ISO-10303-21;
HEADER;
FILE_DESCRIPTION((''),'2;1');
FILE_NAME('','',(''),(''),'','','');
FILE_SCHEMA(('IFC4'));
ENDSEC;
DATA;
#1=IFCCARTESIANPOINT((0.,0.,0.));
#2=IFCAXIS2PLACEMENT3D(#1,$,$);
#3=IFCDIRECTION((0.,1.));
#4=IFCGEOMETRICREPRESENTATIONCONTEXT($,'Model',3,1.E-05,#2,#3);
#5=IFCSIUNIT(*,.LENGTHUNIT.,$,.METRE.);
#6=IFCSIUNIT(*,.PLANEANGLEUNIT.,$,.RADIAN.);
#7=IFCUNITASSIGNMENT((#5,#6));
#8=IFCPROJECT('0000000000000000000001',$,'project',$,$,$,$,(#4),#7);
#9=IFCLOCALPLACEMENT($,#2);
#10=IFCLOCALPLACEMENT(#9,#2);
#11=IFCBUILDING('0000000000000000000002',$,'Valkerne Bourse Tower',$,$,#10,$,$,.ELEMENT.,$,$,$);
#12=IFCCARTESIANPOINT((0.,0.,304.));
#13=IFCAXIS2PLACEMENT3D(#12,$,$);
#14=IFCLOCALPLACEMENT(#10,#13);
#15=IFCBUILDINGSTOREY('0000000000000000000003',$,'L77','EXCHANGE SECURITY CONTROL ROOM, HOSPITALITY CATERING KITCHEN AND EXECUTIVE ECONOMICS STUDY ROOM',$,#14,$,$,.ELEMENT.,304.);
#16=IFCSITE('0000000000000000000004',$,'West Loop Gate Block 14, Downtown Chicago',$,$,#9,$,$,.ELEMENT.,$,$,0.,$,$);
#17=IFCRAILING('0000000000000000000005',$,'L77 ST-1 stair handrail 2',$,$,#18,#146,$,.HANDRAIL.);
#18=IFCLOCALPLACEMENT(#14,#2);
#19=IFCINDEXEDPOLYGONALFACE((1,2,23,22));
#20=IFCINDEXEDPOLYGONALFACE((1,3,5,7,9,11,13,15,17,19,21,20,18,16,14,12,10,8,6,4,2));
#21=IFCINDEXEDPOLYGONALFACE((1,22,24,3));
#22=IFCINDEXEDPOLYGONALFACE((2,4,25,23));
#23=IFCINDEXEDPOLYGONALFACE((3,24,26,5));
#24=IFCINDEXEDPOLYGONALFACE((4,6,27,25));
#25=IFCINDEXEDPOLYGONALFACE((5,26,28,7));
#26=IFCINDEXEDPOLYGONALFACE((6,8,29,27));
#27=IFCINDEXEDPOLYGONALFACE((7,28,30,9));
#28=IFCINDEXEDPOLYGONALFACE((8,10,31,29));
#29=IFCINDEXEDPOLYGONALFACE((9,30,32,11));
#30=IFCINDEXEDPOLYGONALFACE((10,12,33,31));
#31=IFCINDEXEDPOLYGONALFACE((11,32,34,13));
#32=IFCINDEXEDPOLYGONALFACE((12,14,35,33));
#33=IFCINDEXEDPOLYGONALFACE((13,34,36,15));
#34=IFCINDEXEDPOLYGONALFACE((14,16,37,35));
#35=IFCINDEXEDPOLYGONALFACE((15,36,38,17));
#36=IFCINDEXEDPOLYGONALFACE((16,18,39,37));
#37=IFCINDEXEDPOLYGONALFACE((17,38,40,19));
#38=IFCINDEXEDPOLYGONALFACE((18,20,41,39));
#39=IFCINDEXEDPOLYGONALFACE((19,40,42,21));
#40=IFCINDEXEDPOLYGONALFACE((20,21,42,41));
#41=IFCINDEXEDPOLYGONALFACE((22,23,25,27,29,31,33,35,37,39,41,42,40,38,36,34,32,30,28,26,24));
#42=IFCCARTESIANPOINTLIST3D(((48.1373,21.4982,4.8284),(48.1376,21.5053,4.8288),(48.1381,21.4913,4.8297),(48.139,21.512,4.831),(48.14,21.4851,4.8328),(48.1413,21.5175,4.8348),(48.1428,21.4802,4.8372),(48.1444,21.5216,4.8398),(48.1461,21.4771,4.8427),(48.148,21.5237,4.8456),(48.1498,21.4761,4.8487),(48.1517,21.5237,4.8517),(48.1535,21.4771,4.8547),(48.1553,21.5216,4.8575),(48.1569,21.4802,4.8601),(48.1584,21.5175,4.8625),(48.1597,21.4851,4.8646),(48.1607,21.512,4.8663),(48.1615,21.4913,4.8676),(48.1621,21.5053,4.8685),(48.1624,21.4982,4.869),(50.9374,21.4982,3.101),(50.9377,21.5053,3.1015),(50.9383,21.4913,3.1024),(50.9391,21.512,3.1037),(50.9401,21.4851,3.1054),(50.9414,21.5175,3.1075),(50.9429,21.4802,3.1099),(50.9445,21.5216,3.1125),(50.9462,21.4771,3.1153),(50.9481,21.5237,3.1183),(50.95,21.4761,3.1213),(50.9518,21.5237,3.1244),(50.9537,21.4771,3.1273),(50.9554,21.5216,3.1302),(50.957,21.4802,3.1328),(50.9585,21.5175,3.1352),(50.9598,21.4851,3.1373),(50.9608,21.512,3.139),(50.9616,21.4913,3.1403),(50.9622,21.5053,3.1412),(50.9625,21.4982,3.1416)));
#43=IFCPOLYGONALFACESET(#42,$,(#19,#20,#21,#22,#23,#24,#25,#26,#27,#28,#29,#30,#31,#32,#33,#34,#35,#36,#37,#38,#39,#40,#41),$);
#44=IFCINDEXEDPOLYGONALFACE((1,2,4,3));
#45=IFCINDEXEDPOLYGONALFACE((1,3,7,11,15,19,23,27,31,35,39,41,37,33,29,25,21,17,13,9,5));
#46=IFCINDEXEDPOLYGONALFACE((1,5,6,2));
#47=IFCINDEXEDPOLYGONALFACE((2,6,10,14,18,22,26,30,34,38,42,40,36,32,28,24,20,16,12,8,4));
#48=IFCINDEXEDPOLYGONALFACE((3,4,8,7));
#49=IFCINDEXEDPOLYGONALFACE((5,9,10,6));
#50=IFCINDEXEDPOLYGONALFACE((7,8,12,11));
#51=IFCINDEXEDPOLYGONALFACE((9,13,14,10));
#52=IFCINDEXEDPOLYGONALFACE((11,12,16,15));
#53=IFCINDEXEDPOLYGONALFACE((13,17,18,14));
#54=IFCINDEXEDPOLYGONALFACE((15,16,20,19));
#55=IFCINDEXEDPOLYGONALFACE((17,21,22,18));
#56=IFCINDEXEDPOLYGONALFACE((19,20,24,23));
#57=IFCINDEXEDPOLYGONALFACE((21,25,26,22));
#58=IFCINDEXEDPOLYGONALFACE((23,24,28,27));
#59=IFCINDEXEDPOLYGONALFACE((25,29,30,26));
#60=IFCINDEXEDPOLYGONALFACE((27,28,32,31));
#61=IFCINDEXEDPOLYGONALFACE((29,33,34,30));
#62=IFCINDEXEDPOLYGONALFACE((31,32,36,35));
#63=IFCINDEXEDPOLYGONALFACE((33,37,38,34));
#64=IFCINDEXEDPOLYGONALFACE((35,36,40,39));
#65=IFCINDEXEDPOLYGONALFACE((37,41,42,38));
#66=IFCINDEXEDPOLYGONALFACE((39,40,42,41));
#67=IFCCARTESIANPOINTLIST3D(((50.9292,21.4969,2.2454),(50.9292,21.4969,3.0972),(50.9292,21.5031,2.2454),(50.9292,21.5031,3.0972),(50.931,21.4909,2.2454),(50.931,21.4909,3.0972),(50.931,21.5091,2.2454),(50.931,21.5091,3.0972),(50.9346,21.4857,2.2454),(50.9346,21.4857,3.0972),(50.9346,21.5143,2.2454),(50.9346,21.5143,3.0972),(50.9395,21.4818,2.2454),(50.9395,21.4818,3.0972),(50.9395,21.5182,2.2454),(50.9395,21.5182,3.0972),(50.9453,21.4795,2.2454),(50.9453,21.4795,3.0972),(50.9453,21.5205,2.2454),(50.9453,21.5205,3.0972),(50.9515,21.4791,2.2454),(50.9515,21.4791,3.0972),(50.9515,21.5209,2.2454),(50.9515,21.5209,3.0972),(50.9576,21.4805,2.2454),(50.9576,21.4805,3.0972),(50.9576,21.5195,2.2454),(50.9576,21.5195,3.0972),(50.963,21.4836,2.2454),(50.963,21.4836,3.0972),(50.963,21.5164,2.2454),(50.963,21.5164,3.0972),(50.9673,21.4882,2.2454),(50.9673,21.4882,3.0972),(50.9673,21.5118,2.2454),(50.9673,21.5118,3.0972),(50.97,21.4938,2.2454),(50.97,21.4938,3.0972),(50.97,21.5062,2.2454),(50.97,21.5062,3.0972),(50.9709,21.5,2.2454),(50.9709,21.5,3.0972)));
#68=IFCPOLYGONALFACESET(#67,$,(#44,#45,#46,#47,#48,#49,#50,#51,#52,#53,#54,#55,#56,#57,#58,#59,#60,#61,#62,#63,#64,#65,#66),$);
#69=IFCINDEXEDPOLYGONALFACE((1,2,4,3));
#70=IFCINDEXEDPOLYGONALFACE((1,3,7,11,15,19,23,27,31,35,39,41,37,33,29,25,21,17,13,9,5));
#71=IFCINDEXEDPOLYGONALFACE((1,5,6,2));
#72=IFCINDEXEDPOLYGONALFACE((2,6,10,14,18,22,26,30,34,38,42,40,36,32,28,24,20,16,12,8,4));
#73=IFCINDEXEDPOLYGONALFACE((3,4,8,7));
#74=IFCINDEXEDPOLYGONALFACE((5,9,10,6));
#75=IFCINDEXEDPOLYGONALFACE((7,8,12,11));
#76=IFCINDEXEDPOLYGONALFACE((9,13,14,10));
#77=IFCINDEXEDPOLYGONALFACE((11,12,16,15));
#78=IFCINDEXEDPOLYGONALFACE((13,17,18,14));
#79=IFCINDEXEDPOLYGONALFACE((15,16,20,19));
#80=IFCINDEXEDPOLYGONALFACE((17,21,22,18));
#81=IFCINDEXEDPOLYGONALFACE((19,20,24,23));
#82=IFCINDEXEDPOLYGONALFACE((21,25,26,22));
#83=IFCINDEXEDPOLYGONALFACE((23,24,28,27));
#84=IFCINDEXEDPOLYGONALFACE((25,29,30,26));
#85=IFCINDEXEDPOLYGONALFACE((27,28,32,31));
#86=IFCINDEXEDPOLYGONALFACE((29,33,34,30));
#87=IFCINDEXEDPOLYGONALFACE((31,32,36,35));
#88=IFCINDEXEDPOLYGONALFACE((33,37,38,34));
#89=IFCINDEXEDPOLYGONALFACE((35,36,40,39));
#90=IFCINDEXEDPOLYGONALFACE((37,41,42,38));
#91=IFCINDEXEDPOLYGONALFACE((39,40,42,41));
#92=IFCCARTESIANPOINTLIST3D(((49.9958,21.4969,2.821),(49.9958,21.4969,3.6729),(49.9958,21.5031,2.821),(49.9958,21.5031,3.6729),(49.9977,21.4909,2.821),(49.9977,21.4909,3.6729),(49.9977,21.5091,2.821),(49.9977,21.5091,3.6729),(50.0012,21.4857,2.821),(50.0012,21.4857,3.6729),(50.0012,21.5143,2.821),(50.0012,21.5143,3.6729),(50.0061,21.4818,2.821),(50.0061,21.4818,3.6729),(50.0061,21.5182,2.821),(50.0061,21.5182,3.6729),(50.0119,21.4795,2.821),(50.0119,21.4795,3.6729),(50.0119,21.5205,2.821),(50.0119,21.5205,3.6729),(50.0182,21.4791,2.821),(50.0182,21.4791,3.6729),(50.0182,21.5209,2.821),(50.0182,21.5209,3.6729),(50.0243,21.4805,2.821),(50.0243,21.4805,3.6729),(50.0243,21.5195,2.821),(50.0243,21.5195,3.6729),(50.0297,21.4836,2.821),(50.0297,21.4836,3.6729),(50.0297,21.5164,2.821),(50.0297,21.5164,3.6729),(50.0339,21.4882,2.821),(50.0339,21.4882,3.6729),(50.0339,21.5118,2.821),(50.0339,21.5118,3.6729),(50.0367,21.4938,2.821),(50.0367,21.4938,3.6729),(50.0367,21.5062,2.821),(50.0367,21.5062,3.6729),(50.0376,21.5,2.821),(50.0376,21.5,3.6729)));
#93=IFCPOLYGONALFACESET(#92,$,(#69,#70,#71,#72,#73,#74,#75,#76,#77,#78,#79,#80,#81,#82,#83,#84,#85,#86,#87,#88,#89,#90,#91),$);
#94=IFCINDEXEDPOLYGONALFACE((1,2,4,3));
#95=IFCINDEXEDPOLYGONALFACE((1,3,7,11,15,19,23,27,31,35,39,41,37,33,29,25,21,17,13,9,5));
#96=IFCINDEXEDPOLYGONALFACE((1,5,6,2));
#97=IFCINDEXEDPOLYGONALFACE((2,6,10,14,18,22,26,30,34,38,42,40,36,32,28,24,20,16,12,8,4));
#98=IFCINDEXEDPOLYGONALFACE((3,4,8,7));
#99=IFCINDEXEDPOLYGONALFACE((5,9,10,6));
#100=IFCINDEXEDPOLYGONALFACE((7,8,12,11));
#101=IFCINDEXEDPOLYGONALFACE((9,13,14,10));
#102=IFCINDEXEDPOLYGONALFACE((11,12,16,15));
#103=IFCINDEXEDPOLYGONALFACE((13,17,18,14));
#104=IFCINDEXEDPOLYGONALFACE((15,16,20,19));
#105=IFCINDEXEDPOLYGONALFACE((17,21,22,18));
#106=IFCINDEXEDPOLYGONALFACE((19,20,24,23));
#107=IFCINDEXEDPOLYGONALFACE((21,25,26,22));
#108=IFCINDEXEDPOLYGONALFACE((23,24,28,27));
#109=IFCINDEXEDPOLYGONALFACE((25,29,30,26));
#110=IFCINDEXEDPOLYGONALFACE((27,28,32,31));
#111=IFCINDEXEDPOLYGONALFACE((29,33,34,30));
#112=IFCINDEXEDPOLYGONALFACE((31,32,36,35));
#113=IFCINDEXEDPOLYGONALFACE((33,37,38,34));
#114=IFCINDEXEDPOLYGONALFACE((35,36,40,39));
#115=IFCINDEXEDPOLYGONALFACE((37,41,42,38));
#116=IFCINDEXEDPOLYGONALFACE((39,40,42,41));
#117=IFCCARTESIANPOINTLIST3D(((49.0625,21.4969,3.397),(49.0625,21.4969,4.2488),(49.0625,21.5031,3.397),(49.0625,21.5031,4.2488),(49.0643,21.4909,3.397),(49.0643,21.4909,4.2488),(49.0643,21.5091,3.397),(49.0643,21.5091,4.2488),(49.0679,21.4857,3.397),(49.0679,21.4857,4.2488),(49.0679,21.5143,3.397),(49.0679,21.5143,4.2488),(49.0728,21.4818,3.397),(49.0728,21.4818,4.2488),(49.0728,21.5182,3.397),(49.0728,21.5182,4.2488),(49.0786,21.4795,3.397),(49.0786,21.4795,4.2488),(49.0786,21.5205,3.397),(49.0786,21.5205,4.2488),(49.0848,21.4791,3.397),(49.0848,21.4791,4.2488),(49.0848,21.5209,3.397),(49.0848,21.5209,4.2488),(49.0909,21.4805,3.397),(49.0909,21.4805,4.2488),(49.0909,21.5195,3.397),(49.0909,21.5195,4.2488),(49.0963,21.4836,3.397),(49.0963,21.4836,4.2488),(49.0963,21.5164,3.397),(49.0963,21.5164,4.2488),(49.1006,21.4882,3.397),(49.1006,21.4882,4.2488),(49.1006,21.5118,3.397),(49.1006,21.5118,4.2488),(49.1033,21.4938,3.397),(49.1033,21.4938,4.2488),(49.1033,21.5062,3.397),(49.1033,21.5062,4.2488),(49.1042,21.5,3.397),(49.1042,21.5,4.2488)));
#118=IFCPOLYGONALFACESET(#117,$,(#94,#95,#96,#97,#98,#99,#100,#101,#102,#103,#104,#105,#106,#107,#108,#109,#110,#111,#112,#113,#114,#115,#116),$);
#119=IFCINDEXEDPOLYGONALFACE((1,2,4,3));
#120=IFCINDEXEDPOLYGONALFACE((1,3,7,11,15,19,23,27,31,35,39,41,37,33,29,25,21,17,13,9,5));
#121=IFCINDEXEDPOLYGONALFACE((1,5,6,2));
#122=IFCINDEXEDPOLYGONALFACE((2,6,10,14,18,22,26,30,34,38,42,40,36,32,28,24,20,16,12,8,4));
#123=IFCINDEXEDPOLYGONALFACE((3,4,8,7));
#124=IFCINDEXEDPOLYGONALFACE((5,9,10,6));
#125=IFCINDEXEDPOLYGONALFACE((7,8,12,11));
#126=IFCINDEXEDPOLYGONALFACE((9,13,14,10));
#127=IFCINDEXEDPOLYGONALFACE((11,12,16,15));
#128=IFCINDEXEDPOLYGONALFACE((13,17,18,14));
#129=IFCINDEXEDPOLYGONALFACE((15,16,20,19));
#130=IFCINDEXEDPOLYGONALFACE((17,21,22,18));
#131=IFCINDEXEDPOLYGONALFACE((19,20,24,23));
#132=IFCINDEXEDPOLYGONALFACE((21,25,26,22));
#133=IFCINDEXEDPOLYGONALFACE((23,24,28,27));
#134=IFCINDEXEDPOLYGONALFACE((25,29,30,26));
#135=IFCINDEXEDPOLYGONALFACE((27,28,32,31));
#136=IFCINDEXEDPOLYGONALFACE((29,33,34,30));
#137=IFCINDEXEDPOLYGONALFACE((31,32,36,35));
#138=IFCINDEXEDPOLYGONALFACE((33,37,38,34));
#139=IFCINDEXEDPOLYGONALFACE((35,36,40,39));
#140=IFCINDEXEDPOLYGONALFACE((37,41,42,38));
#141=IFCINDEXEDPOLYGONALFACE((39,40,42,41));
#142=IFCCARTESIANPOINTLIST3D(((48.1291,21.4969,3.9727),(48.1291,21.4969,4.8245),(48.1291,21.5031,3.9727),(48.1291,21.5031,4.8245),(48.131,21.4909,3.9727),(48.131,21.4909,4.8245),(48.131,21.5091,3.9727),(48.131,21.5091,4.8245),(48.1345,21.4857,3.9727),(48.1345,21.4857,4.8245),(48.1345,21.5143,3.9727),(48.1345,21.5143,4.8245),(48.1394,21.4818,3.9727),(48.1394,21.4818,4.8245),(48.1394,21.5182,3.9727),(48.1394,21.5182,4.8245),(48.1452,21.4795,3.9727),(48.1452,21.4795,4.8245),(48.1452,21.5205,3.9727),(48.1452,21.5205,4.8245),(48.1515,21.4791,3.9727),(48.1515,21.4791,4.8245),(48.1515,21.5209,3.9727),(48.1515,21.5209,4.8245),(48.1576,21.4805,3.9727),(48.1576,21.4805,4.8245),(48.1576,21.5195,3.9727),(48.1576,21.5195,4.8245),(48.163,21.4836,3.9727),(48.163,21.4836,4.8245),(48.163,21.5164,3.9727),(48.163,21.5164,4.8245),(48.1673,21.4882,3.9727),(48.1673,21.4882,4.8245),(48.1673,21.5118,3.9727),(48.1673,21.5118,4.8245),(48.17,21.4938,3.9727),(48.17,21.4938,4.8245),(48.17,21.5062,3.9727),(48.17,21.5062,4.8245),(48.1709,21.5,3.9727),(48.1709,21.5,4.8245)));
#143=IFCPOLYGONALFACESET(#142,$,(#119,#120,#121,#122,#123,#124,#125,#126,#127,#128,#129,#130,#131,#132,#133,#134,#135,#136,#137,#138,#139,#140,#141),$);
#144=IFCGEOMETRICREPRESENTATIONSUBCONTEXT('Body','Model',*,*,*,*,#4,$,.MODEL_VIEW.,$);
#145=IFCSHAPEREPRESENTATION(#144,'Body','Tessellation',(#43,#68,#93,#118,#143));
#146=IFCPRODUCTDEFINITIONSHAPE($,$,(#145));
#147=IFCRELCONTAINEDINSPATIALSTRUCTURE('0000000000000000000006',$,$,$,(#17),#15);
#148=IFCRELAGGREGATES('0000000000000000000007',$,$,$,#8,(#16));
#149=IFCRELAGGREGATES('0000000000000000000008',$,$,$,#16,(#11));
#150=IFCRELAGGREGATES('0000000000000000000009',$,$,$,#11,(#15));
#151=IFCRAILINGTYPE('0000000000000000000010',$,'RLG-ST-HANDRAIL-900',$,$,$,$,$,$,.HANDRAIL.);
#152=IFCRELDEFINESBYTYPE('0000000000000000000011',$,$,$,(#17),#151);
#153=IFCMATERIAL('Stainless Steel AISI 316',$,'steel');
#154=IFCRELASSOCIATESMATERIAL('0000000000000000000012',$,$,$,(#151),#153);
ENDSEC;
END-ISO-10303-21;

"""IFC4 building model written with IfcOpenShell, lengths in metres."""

from ifc_helpers import new_model, si_unit, direction, frame, origin, origin_2d, place, context, subcontext, project, spatial, circle, extrude, material, type_object, element, save


model = new_model("IFC4")

# Units and contexts
model_context = context("Model", 3, precision=1e-05, world=origin(), true_north=direction((0.0, 1.0)))
body_context = subcontext(model_context, "Body", "Model", "MODEL_VIEW")
ifc_project = project(units=[si_unit("LENGTHUNIT", "METRE"), si_unit("PLANEANGLEUNIT", "RADIAN")], contexts=[model_context])

# Site, building, storey
site_placement = place(None, origin())
site = spatial("IfcSite", under=ifc_project, at=site_placement, Name="West Loop Gate Block 14, Downtown Chicago", CompositionType="ELEMENT", RefElevation=0.0)
building_placement = place(site_placement, origin())
building = spatial("IfcBuilding", under=site, at=building_placement, Name="Valkerne Bourse Tower", CompositionType="ELEMENT")
storey_placement = place(building_placement, frame((0.0, 0.0, 304.0)))
storey = spatial("IfcBuildingStorey", under=building, at=storey_placement, Name="L77", Description="EXCHANGE SECURITY CONTROL ROOM, HOSPITALITY CATERING KITCHEN AND EXECUTIVE ECONOMICS STUDY ROOM", CompositionType="ELEMENT", Elevation=304.0)

# Shared definitions
ifc_material_1 = material(Name="Stainless Steel AISI 316", Category="steel")

# Railing
railing_type_1 = type_object("IfcRailingType", Name="RLG-ST-HANDRAIL-900", PredefinedType="HANDRAIL", material=ifc_material_1)
railing_1_placement = place(storey_placement, frame((50.95, 21.5, 2.2454)))
element("IfcRailing", 1, at=railing_1_placement, inside=storey, type_object=railing_type_1, Name="L77 ST-1 stair handrail 2", PredefinedType="HANDRAIL", context=body_context, shape_type="SweptSolid", body=[
    extrude(circle(Radius=0.0239, at=origin_2d()), frame((0.0, 0.0, 0.876), z_axis=(-0.85109, 0.0, 0.52502), x_axis=(0.0, -1.0, 0.0)), (0.0, 0.0, 1.0), 3.29),
    extrude(circle(Radius=0.021, at=origin_2d()), origin(), (0.0, 0.0, 1.0), 0.8518),
    extrude(circle(Radius=0.021, at=origin_2d()), frame((-0.9333, 0.0, 0.5757)), (0.0, 0.0, 1.0), 0.8518),
    extrude(circle(Radius=0.021, at=origin_2d()), frame((-1.8667, 0.0, 1.1516)), (0.0, 0.0, 1.0), 0.8518),
    extrude(circle(Radius=0.021, at=origin_2d()), frame((-2.8, 0.0, 1.7273)), (0.0, 0.0, 1.0), 0.8518),
])

save(model, "model.ifc")
